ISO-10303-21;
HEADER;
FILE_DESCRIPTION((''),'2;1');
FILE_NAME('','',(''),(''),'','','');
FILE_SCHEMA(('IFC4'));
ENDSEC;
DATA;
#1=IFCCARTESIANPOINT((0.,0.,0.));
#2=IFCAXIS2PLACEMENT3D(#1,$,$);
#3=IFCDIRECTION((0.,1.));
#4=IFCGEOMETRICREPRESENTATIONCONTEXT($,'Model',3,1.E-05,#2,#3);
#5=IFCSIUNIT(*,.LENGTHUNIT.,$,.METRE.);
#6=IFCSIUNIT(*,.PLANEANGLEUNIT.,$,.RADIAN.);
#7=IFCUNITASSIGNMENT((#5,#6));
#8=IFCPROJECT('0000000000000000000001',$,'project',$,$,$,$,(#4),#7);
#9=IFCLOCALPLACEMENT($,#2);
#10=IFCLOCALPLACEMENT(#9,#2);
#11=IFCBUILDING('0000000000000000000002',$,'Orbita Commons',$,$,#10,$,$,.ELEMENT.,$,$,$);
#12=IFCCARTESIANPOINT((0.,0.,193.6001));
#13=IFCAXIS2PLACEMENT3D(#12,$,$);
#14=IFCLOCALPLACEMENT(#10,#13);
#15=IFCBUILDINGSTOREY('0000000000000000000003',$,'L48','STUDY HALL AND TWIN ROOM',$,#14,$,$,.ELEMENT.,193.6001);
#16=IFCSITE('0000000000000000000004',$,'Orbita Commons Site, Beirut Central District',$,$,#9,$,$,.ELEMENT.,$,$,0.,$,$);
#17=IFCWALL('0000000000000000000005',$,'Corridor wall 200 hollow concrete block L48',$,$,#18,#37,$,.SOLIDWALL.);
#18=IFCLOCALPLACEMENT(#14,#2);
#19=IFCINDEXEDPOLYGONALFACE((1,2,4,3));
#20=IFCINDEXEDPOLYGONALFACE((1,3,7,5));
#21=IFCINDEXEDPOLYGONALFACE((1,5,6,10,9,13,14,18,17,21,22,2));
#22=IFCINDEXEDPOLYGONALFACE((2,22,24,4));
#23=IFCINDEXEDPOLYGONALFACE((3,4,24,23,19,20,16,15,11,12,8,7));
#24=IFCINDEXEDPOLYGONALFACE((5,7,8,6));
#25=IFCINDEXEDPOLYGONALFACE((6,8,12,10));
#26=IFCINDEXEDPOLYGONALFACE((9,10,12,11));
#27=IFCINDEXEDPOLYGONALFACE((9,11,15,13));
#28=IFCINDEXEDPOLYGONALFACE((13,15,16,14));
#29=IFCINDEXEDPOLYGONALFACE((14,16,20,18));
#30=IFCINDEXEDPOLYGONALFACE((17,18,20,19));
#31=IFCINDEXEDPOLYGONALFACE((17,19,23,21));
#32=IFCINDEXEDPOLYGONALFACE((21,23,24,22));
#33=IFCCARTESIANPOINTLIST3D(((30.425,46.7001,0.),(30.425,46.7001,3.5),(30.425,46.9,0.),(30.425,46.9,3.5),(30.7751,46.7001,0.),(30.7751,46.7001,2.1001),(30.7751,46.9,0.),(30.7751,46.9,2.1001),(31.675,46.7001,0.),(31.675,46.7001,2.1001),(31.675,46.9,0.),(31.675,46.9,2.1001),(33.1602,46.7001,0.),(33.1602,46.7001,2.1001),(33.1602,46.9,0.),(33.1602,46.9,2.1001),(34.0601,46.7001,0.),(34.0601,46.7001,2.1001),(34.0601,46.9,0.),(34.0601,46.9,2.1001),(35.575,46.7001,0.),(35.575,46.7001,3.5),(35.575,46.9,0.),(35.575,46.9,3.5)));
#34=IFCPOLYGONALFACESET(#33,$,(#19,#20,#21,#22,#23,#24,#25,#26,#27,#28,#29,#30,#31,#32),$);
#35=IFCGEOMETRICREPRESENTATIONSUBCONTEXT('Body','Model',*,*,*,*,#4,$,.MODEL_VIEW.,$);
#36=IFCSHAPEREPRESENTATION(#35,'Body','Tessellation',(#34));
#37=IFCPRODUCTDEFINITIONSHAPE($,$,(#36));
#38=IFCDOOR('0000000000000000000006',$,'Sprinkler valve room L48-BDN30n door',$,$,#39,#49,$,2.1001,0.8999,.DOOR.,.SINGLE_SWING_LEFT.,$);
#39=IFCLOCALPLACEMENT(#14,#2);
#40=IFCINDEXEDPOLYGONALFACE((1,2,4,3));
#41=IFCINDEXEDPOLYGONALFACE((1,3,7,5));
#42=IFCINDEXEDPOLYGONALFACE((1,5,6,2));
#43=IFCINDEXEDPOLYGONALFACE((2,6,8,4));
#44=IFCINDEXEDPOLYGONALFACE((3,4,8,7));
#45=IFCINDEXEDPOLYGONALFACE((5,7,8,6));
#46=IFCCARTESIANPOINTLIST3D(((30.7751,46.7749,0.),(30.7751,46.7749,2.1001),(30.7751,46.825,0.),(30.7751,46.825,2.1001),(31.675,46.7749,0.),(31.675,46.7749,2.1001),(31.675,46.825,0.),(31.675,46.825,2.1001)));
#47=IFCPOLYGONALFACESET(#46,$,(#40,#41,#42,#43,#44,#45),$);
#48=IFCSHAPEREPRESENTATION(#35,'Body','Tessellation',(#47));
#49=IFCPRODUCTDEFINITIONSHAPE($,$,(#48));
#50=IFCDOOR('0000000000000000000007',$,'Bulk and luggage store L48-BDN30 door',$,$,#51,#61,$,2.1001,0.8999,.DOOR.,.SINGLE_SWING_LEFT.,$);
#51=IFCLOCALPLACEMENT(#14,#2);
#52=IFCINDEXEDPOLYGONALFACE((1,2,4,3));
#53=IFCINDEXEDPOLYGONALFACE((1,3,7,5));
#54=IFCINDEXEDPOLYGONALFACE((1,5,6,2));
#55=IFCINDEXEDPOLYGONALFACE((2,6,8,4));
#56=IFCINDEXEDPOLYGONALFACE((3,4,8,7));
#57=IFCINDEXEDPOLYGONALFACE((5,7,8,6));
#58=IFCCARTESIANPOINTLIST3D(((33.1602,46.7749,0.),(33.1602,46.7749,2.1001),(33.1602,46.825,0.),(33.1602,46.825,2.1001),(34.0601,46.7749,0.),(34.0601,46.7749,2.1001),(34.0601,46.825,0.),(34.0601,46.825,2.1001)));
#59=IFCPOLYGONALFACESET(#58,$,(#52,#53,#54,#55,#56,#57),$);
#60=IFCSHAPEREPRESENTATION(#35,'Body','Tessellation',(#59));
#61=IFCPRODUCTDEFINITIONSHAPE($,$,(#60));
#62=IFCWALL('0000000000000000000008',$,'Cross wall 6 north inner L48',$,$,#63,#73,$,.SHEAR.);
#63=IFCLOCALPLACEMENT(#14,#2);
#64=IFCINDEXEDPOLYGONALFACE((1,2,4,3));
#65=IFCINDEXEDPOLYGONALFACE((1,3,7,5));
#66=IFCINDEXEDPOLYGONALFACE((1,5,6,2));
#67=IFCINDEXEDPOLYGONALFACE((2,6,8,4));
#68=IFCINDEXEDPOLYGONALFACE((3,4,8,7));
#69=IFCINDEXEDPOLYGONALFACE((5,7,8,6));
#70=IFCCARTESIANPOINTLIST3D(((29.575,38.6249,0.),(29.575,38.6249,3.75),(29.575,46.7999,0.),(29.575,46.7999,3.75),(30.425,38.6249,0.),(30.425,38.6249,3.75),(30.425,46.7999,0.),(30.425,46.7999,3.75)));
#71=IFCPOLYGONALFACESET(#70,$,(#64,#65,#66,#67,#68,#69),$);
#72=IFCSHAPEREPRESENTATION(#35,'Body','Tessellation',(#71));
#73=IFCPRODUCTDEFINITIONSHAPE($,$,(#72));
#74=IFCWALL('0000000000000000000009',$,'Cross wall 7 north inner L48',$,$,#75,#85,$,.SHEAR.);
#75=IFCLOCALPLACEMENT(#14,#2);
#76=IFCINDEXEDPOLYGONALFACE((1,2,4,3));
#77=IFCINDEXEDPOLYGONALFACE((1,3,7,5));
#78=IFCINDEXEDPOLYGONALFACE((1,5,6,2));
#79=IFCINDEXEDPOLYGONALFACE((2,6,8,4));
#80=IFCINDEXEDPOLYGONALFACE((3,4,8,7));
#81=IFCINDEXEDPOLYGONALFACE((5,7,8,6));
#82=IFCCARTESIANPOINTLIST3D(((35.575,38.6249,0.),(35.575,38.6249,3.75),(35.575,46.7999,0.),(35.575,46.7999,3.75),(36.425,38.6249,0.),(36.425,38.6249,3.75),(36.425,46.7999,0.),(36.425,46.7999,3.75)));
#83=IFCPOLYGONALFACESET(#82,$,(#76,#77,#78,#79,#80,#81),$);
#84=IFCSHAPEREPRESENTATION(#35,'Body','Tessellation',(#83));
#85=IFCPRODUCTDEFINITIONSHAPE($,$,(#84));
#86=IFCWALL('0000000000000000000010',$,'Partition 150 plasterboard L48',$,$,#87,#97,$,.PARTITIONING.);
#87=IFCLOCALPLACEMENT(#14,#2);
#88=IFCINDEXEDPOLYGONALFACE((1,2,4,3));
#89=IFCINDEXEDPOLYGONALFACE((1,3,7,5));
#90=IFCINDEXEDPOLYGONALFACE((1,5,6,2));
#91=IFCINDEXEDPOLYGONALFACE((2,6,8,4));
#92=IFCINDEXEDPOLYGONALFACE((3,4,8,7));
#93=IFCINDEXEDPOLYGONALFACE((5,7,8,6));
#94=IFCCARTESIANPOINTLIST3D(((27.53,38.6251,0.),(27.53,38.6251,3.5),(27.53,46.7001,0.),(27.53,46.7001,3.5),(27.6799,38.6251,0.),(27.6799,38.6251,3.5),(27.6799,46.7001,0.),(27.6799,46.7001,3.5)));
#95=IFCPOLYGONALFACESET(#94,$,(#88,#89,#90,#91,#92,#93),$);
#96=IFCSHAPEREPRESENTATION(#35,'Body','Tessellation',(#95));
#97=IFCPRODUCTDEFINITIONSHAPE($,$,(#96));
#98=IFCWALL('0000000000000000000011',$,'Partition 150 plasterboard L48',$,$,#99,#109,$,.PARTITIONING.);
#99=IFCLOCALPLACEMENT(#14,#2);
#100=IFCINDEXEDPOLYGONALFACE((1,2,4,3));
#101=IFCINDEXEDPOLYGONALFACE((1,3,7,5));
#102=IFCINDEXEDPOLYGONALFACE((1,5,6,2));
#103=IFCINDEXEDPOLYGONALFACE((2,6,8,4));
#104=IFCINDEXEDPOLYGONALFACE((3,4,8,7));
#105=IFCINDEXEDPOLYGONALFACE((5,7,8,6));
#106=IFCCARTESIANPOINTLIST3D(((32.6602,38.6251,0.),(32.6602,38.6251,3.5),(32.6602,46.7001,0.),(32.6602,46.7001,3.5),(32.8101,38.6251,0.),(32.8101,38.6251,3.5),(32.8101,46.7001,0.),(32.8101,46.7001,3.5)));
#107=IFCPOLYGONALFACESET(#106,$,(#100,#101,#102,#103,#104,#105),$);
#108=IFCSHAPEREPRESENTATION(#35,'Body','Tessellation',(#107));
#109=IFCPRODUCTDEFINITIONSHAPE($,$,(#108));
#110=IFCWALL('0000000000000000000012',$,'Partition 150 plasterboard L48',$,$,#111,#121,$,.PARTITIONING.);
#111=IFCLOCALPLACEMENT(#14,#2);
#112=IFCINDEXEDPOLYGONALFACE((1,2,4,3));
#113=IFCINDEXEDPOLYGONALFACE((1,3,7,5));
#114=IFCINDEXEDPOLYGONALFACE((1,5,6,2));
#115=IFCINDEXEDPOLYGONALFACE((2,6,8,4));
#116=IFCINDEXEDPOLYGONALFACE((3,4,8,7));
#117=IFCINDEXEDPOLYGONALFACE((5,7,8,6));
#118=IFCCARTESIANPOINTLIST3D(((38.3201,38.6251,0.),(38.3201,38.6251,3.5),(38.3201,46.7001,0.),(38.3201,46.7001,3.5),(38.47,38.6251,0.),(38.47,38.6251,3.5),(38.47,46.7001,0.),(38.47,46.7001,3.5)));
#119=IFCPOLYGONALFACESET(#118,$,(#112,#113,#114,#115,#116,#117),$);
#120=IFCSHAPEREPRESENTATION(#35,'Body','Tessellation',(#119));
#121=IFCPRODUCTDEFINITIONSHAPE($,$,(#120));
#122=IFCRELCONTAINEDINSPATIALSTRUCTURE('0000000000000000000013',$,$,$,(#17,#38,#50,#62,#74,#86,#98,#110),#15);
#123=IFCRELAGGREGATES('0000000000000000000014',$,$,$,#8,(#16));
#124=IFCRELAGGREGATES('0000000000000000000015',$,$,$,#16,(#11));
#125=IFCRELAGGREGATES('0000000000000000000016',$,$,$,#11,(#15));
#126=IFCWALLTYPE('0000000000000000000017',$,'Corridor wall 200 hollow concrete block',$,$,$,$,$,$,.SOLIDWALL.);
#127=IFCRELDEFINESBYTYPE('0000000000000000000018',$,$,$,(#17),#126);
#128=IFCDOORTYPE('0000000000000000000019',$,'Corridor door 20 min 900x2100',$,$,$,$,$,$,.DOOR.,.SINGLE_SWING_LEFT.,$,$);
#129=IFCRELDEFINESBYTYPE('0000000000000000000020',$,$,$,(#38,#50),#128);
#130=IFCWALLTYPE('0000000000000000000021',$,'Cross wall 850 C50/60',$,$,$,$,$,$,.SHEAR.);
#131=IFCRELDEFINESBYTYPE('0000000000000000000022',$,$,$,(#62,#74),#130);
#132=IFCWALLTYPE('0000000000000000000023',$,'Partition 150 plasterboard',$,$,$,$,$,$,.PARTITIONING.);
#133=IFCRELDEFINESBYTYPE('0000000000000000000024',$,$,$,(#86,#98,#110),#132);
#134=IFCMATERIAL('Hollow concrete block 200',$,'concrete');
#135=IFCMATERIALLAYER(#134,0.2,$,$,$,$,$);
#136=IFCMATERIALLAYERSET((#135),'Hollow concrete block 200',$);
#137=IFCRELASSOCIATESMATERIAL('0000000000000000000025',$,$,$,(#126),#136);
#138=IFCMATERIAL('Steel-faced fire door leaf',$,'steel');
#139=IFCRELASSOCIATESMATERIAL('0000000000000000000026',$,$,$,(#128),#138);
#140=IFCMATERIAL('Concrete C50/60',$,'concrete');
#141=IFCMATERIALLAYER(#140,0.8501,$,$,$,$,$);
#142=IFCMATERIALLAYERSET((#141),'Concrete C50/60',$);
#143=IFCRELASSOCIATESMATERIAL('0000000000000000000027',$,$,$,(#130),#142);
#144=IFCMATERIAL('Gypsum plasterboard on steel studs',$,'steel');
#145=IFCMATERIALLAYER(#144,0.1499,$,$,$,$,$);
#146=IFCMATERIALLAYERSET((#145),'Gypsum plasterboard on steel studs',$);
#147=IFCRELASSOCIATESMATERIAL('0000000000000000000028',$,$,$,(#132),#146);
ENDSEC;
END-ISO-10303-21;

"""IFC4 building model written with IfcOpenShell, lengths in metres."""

from ifc_helpers import new_model, si_unit, direction, frame, frame_2d, origin, place, context, subcontext, project, spatial, rectangle, extrude, material, layer, layer_set, type_object, element, fill, save


model = new_model("IFC4")

# Units and contexts
model_context = context("Model", 3, precision=1e-05, world=origin(), true_north=direction((0.0, 1.0)))
body_context = subcontext(model_context, "Body", "Model", "MODEL_VIEW")
ifc_project = project(units=[si_unit("LENGTHUNIT", "METRE"), si_unit("PLANEANGLEUNIT", "RADIAN")], contexts=[model_context])

# Site, building, storey
site_placement = place(None, origin())
site = spatial("IfcSite", under=ifc_project, at=site_placement, Name="Orbita Commons Site, Beirut Central District", CompositionType="ELEMENT", RefElevation=0.0)
building_placement = place(site_placement, origin())
building = spatial("IfcBuilding", under=site, at=building_placement, Name="Orbita Commons", CompositionType="ELEMENT")
storey_placement = place(building_placement, frame((0.0, 0.0, 193.6001)))
storey = spatial("IfcBuildingStorey", under=building, at=storey_placement, Name="L48", Description="STUDY HALL AND TWIN ROOM", CompositionType="ELEMENT", Elevation=193.6001)

# Wall, openings, doors
ifc_material_1 = material(Name="Hollow concrete block 200", Category="concrete")
ifc_layer_1 = layer(ifc_material_1, 0.2)
ifc_layer_set_1 = layer_set([ifc_layer_1], Name="Hollow concrete block 200")
wall_type_1 = type_object("IfcWallType", Name="Corridor wall 200 hollow concrete block", PredefinedType="SOLIDWALL", material=ifc_layer_set_1)
ifc_material_2 = material(Name="Steel-faced fire door leaf", Category="steel")
door_type_1 = type_object("IfcDoorType", Name="Corridor door 20 min 900x2100", OperationType="SINGLE_SWING_LEFT", PredefinedType="DOOR", material=ifc_material_2)
wall_1_placement = place(storey_placement, frame((30.425, 46.8, 0.0), z_axis=(0.0, 0.0, 1.0), x_axis=(1.0, 0.0, 0.0)))
wall_1 = element("IfcWall", 1, at=wall_1_placement, inside=storey, type_object=wall_type_1, Name="Corridor wall 200 hollow concrete block L48", PredefinedType="SOLIDWALL", context=body_context, shape_type="SweptSolid", body=[
    extrude(rectangle(XDim=5.1499, YDim=0.2, at=frame_2d((2.575, 0.0))), origin(), (0.0, 0.0, 1.0), 3.5),
])
opening_1_placement = place(wall_1_placement, frame((0.3501, 0.0, 0.0)))
opening_1 = element("IfcOpeningElement", 2, at=opening_1_placement, cuts=wall_1, PredefinedType="OPENING", context=body_context, shape_type="SweptSolid", body=[
    extrude(rectangle(XDim=0.8999, YDim=2.1001, at=frame_2d((0.45, 1.05))), frame((0.0, 0.1099, 0.0), z_axis=(0.0, -1.0, 0.0), x_axis=(1.0, 0.0, 0.0)), (0.0, 0.0, 1.0), 0.22),
])
opening_2_placement = place(wall_1_placement, frame((2.7351, 0.0, 0.0)))
opening_2 = element("IfcOpeningElement", 3, at=opening_2_placement, cuts=wall_1, PredefinedType="OPENING", context=body_context, shape_type="SweptSolid", body=[
    extrude(rectangle(XDim=0.8999, YDim=2.1001, at=frame_2d((0.45, 1.05))), frame((0.0, 0.1099, 0.0), z_axis=(0.0, -1.0, 0.0), x_axis=(1.0, 0.0, 0.0)), (0.0, 0.0, 1.0), 0.22),
])
door_1_placement = place(opening_1_placement, origin())
door_1 = element("IfcDoor", 4, at=door_1_placement, inside=storey, type_object=door_type_1, Name="Sprinkler valve room L48-BDN30n door", OperationType="SINGLE_SWING_LEFT", OverallHeight=2.1001, OverallWidth=0.8999, PredefinedType="DOOR", context=body_context, shape_type="SweptSolid", body=[
    extrude(rectangle(XDim=0.8999, YDim=2.1001, at=frame_2d((0.45, 1.05))), frame((0.0, 0.0249, 0.0), z_axis=(0.0, -1.0, 0.0), x_axis=(1.0, 0.0, 0.0)), (0.0, 0.0, 1.0), 0.05),
])
fill(opening_1, door_1)
door_2_placement = place(opening_2_placement, origin())
door_2 = element("IfcDoor", 5, at=door_2_placement, inside=storey, type_object=door_type_1, Name="Bulk and luggage store L48-BDN30 door", OperationType="SINGLE_SWING_LEFT", OverallHeight=2.1001, OverallWidth=0.8999, PredefinedType="DOOR", context=body_context, shape_type="SweptSolid", body=[
    extrude(rectangle(XDim=0.8999, YDim=2.1001, at=frame_2d((0.45, 1.05))), frame((0.0, 0.0249, 0.0), z_axis=(0.0, -1.0, 0.0), x_axis=(1.0, 0.0, 0.0)), (0.0, 0.0, 1.0), 0.05),
])
fill(opening_2, door_2)

# Walls
ifc_material_3 = material(Name="Concrete C50/60", Category="concrete")
ifc_layer_2 = layer(ifc_material_3, 0.8501)
ifc_layer_set_2 = layer_set([ifc_layer_2], Name="Concrete C50/60")
wall_type_2 = type_object("IfcWallType", Name="Cross wall 850 C50/60", PredefinedType="SHEAR", material=ifc_layer_set_2)
for number, where, z_axis, x_axis, name in (
    (6, (30.0, 38.625, 0.0), (0.0, 0.0, 1.0), (0.0, 1.0, 0.0), "Cross wall 6 north inner L48"),
    (7, (36.0, 38.625, 0.0), (0.0, 0.0, 1.0), (0.0, 1.0, 0.0), "Cross wall 7 north inner L48"),
):
    element("IfcWall", number, at=place(storey_placement, frame(where, z_axis=z_axis, x_axis=x_axis)), inside=storey, type_object=wall_type_2, Name=name, PredefinedType="SHEAR", context=body_context, shape_type="SweptSolid", body=[
        extrude(rectangle(XDim=8.175, YDim=0.8501, at=frame_2d((4.0874, 0.0))), origin(), (0.0, 0.0, 1.0), 3.75),
    ])
ifc_material_4 = material(Name="Gypsum plasterboard on steel studs", Category="steel")
ifc_layer_3 = layer(ifc_material_4, 0.1499)
ifc_layer_set_3 = layer_set([ifc_layer_3], Name="Gypsum plasterboard on steel studs")
wall_type_3 = type_object("IfcWallType", Name="Partition 150 plasterboard", PredefinedType="PARTITIONING", material=ifc_layer_set_3)
for number, where, z_axis, x_axis, name in (
    (8, (27.605, 38.625, 0.0), (0.0, 0.0, 1.0), (0.0, 1.0, 0.0), "Partition 150 plasterboard L48"),
    (9, (32.7351, 38.625, 0.0), (0.0, 0.0, 1.0), (0.0, 1.0, 0.0), "Partition 150 plasterboard L48"),
    (10, (38.395, 38.625, 0.0), (0.0, 0.0, 1.0), (0.0, 1.0, 0.0), "Partition 150 plasterboard L48"),
):
    element("IfcWall", number, at=place(storey_placement, frame(where, z_axis=z_axis, x_axis=x_axis)), inside=storey, type_object=wall_type_3, Name=name, PredefinedType="PARTITIONING", context=body_context, shape_type="SweptSolid", body=[
        extrude(rectangle(XDim=8.075, YDim=0.1499, at=frame_2d((4.0376, 0.0))), origin(), (0.0, 0.0, 1.0), 3.5),
    ])

save(model, "model.ifc")
